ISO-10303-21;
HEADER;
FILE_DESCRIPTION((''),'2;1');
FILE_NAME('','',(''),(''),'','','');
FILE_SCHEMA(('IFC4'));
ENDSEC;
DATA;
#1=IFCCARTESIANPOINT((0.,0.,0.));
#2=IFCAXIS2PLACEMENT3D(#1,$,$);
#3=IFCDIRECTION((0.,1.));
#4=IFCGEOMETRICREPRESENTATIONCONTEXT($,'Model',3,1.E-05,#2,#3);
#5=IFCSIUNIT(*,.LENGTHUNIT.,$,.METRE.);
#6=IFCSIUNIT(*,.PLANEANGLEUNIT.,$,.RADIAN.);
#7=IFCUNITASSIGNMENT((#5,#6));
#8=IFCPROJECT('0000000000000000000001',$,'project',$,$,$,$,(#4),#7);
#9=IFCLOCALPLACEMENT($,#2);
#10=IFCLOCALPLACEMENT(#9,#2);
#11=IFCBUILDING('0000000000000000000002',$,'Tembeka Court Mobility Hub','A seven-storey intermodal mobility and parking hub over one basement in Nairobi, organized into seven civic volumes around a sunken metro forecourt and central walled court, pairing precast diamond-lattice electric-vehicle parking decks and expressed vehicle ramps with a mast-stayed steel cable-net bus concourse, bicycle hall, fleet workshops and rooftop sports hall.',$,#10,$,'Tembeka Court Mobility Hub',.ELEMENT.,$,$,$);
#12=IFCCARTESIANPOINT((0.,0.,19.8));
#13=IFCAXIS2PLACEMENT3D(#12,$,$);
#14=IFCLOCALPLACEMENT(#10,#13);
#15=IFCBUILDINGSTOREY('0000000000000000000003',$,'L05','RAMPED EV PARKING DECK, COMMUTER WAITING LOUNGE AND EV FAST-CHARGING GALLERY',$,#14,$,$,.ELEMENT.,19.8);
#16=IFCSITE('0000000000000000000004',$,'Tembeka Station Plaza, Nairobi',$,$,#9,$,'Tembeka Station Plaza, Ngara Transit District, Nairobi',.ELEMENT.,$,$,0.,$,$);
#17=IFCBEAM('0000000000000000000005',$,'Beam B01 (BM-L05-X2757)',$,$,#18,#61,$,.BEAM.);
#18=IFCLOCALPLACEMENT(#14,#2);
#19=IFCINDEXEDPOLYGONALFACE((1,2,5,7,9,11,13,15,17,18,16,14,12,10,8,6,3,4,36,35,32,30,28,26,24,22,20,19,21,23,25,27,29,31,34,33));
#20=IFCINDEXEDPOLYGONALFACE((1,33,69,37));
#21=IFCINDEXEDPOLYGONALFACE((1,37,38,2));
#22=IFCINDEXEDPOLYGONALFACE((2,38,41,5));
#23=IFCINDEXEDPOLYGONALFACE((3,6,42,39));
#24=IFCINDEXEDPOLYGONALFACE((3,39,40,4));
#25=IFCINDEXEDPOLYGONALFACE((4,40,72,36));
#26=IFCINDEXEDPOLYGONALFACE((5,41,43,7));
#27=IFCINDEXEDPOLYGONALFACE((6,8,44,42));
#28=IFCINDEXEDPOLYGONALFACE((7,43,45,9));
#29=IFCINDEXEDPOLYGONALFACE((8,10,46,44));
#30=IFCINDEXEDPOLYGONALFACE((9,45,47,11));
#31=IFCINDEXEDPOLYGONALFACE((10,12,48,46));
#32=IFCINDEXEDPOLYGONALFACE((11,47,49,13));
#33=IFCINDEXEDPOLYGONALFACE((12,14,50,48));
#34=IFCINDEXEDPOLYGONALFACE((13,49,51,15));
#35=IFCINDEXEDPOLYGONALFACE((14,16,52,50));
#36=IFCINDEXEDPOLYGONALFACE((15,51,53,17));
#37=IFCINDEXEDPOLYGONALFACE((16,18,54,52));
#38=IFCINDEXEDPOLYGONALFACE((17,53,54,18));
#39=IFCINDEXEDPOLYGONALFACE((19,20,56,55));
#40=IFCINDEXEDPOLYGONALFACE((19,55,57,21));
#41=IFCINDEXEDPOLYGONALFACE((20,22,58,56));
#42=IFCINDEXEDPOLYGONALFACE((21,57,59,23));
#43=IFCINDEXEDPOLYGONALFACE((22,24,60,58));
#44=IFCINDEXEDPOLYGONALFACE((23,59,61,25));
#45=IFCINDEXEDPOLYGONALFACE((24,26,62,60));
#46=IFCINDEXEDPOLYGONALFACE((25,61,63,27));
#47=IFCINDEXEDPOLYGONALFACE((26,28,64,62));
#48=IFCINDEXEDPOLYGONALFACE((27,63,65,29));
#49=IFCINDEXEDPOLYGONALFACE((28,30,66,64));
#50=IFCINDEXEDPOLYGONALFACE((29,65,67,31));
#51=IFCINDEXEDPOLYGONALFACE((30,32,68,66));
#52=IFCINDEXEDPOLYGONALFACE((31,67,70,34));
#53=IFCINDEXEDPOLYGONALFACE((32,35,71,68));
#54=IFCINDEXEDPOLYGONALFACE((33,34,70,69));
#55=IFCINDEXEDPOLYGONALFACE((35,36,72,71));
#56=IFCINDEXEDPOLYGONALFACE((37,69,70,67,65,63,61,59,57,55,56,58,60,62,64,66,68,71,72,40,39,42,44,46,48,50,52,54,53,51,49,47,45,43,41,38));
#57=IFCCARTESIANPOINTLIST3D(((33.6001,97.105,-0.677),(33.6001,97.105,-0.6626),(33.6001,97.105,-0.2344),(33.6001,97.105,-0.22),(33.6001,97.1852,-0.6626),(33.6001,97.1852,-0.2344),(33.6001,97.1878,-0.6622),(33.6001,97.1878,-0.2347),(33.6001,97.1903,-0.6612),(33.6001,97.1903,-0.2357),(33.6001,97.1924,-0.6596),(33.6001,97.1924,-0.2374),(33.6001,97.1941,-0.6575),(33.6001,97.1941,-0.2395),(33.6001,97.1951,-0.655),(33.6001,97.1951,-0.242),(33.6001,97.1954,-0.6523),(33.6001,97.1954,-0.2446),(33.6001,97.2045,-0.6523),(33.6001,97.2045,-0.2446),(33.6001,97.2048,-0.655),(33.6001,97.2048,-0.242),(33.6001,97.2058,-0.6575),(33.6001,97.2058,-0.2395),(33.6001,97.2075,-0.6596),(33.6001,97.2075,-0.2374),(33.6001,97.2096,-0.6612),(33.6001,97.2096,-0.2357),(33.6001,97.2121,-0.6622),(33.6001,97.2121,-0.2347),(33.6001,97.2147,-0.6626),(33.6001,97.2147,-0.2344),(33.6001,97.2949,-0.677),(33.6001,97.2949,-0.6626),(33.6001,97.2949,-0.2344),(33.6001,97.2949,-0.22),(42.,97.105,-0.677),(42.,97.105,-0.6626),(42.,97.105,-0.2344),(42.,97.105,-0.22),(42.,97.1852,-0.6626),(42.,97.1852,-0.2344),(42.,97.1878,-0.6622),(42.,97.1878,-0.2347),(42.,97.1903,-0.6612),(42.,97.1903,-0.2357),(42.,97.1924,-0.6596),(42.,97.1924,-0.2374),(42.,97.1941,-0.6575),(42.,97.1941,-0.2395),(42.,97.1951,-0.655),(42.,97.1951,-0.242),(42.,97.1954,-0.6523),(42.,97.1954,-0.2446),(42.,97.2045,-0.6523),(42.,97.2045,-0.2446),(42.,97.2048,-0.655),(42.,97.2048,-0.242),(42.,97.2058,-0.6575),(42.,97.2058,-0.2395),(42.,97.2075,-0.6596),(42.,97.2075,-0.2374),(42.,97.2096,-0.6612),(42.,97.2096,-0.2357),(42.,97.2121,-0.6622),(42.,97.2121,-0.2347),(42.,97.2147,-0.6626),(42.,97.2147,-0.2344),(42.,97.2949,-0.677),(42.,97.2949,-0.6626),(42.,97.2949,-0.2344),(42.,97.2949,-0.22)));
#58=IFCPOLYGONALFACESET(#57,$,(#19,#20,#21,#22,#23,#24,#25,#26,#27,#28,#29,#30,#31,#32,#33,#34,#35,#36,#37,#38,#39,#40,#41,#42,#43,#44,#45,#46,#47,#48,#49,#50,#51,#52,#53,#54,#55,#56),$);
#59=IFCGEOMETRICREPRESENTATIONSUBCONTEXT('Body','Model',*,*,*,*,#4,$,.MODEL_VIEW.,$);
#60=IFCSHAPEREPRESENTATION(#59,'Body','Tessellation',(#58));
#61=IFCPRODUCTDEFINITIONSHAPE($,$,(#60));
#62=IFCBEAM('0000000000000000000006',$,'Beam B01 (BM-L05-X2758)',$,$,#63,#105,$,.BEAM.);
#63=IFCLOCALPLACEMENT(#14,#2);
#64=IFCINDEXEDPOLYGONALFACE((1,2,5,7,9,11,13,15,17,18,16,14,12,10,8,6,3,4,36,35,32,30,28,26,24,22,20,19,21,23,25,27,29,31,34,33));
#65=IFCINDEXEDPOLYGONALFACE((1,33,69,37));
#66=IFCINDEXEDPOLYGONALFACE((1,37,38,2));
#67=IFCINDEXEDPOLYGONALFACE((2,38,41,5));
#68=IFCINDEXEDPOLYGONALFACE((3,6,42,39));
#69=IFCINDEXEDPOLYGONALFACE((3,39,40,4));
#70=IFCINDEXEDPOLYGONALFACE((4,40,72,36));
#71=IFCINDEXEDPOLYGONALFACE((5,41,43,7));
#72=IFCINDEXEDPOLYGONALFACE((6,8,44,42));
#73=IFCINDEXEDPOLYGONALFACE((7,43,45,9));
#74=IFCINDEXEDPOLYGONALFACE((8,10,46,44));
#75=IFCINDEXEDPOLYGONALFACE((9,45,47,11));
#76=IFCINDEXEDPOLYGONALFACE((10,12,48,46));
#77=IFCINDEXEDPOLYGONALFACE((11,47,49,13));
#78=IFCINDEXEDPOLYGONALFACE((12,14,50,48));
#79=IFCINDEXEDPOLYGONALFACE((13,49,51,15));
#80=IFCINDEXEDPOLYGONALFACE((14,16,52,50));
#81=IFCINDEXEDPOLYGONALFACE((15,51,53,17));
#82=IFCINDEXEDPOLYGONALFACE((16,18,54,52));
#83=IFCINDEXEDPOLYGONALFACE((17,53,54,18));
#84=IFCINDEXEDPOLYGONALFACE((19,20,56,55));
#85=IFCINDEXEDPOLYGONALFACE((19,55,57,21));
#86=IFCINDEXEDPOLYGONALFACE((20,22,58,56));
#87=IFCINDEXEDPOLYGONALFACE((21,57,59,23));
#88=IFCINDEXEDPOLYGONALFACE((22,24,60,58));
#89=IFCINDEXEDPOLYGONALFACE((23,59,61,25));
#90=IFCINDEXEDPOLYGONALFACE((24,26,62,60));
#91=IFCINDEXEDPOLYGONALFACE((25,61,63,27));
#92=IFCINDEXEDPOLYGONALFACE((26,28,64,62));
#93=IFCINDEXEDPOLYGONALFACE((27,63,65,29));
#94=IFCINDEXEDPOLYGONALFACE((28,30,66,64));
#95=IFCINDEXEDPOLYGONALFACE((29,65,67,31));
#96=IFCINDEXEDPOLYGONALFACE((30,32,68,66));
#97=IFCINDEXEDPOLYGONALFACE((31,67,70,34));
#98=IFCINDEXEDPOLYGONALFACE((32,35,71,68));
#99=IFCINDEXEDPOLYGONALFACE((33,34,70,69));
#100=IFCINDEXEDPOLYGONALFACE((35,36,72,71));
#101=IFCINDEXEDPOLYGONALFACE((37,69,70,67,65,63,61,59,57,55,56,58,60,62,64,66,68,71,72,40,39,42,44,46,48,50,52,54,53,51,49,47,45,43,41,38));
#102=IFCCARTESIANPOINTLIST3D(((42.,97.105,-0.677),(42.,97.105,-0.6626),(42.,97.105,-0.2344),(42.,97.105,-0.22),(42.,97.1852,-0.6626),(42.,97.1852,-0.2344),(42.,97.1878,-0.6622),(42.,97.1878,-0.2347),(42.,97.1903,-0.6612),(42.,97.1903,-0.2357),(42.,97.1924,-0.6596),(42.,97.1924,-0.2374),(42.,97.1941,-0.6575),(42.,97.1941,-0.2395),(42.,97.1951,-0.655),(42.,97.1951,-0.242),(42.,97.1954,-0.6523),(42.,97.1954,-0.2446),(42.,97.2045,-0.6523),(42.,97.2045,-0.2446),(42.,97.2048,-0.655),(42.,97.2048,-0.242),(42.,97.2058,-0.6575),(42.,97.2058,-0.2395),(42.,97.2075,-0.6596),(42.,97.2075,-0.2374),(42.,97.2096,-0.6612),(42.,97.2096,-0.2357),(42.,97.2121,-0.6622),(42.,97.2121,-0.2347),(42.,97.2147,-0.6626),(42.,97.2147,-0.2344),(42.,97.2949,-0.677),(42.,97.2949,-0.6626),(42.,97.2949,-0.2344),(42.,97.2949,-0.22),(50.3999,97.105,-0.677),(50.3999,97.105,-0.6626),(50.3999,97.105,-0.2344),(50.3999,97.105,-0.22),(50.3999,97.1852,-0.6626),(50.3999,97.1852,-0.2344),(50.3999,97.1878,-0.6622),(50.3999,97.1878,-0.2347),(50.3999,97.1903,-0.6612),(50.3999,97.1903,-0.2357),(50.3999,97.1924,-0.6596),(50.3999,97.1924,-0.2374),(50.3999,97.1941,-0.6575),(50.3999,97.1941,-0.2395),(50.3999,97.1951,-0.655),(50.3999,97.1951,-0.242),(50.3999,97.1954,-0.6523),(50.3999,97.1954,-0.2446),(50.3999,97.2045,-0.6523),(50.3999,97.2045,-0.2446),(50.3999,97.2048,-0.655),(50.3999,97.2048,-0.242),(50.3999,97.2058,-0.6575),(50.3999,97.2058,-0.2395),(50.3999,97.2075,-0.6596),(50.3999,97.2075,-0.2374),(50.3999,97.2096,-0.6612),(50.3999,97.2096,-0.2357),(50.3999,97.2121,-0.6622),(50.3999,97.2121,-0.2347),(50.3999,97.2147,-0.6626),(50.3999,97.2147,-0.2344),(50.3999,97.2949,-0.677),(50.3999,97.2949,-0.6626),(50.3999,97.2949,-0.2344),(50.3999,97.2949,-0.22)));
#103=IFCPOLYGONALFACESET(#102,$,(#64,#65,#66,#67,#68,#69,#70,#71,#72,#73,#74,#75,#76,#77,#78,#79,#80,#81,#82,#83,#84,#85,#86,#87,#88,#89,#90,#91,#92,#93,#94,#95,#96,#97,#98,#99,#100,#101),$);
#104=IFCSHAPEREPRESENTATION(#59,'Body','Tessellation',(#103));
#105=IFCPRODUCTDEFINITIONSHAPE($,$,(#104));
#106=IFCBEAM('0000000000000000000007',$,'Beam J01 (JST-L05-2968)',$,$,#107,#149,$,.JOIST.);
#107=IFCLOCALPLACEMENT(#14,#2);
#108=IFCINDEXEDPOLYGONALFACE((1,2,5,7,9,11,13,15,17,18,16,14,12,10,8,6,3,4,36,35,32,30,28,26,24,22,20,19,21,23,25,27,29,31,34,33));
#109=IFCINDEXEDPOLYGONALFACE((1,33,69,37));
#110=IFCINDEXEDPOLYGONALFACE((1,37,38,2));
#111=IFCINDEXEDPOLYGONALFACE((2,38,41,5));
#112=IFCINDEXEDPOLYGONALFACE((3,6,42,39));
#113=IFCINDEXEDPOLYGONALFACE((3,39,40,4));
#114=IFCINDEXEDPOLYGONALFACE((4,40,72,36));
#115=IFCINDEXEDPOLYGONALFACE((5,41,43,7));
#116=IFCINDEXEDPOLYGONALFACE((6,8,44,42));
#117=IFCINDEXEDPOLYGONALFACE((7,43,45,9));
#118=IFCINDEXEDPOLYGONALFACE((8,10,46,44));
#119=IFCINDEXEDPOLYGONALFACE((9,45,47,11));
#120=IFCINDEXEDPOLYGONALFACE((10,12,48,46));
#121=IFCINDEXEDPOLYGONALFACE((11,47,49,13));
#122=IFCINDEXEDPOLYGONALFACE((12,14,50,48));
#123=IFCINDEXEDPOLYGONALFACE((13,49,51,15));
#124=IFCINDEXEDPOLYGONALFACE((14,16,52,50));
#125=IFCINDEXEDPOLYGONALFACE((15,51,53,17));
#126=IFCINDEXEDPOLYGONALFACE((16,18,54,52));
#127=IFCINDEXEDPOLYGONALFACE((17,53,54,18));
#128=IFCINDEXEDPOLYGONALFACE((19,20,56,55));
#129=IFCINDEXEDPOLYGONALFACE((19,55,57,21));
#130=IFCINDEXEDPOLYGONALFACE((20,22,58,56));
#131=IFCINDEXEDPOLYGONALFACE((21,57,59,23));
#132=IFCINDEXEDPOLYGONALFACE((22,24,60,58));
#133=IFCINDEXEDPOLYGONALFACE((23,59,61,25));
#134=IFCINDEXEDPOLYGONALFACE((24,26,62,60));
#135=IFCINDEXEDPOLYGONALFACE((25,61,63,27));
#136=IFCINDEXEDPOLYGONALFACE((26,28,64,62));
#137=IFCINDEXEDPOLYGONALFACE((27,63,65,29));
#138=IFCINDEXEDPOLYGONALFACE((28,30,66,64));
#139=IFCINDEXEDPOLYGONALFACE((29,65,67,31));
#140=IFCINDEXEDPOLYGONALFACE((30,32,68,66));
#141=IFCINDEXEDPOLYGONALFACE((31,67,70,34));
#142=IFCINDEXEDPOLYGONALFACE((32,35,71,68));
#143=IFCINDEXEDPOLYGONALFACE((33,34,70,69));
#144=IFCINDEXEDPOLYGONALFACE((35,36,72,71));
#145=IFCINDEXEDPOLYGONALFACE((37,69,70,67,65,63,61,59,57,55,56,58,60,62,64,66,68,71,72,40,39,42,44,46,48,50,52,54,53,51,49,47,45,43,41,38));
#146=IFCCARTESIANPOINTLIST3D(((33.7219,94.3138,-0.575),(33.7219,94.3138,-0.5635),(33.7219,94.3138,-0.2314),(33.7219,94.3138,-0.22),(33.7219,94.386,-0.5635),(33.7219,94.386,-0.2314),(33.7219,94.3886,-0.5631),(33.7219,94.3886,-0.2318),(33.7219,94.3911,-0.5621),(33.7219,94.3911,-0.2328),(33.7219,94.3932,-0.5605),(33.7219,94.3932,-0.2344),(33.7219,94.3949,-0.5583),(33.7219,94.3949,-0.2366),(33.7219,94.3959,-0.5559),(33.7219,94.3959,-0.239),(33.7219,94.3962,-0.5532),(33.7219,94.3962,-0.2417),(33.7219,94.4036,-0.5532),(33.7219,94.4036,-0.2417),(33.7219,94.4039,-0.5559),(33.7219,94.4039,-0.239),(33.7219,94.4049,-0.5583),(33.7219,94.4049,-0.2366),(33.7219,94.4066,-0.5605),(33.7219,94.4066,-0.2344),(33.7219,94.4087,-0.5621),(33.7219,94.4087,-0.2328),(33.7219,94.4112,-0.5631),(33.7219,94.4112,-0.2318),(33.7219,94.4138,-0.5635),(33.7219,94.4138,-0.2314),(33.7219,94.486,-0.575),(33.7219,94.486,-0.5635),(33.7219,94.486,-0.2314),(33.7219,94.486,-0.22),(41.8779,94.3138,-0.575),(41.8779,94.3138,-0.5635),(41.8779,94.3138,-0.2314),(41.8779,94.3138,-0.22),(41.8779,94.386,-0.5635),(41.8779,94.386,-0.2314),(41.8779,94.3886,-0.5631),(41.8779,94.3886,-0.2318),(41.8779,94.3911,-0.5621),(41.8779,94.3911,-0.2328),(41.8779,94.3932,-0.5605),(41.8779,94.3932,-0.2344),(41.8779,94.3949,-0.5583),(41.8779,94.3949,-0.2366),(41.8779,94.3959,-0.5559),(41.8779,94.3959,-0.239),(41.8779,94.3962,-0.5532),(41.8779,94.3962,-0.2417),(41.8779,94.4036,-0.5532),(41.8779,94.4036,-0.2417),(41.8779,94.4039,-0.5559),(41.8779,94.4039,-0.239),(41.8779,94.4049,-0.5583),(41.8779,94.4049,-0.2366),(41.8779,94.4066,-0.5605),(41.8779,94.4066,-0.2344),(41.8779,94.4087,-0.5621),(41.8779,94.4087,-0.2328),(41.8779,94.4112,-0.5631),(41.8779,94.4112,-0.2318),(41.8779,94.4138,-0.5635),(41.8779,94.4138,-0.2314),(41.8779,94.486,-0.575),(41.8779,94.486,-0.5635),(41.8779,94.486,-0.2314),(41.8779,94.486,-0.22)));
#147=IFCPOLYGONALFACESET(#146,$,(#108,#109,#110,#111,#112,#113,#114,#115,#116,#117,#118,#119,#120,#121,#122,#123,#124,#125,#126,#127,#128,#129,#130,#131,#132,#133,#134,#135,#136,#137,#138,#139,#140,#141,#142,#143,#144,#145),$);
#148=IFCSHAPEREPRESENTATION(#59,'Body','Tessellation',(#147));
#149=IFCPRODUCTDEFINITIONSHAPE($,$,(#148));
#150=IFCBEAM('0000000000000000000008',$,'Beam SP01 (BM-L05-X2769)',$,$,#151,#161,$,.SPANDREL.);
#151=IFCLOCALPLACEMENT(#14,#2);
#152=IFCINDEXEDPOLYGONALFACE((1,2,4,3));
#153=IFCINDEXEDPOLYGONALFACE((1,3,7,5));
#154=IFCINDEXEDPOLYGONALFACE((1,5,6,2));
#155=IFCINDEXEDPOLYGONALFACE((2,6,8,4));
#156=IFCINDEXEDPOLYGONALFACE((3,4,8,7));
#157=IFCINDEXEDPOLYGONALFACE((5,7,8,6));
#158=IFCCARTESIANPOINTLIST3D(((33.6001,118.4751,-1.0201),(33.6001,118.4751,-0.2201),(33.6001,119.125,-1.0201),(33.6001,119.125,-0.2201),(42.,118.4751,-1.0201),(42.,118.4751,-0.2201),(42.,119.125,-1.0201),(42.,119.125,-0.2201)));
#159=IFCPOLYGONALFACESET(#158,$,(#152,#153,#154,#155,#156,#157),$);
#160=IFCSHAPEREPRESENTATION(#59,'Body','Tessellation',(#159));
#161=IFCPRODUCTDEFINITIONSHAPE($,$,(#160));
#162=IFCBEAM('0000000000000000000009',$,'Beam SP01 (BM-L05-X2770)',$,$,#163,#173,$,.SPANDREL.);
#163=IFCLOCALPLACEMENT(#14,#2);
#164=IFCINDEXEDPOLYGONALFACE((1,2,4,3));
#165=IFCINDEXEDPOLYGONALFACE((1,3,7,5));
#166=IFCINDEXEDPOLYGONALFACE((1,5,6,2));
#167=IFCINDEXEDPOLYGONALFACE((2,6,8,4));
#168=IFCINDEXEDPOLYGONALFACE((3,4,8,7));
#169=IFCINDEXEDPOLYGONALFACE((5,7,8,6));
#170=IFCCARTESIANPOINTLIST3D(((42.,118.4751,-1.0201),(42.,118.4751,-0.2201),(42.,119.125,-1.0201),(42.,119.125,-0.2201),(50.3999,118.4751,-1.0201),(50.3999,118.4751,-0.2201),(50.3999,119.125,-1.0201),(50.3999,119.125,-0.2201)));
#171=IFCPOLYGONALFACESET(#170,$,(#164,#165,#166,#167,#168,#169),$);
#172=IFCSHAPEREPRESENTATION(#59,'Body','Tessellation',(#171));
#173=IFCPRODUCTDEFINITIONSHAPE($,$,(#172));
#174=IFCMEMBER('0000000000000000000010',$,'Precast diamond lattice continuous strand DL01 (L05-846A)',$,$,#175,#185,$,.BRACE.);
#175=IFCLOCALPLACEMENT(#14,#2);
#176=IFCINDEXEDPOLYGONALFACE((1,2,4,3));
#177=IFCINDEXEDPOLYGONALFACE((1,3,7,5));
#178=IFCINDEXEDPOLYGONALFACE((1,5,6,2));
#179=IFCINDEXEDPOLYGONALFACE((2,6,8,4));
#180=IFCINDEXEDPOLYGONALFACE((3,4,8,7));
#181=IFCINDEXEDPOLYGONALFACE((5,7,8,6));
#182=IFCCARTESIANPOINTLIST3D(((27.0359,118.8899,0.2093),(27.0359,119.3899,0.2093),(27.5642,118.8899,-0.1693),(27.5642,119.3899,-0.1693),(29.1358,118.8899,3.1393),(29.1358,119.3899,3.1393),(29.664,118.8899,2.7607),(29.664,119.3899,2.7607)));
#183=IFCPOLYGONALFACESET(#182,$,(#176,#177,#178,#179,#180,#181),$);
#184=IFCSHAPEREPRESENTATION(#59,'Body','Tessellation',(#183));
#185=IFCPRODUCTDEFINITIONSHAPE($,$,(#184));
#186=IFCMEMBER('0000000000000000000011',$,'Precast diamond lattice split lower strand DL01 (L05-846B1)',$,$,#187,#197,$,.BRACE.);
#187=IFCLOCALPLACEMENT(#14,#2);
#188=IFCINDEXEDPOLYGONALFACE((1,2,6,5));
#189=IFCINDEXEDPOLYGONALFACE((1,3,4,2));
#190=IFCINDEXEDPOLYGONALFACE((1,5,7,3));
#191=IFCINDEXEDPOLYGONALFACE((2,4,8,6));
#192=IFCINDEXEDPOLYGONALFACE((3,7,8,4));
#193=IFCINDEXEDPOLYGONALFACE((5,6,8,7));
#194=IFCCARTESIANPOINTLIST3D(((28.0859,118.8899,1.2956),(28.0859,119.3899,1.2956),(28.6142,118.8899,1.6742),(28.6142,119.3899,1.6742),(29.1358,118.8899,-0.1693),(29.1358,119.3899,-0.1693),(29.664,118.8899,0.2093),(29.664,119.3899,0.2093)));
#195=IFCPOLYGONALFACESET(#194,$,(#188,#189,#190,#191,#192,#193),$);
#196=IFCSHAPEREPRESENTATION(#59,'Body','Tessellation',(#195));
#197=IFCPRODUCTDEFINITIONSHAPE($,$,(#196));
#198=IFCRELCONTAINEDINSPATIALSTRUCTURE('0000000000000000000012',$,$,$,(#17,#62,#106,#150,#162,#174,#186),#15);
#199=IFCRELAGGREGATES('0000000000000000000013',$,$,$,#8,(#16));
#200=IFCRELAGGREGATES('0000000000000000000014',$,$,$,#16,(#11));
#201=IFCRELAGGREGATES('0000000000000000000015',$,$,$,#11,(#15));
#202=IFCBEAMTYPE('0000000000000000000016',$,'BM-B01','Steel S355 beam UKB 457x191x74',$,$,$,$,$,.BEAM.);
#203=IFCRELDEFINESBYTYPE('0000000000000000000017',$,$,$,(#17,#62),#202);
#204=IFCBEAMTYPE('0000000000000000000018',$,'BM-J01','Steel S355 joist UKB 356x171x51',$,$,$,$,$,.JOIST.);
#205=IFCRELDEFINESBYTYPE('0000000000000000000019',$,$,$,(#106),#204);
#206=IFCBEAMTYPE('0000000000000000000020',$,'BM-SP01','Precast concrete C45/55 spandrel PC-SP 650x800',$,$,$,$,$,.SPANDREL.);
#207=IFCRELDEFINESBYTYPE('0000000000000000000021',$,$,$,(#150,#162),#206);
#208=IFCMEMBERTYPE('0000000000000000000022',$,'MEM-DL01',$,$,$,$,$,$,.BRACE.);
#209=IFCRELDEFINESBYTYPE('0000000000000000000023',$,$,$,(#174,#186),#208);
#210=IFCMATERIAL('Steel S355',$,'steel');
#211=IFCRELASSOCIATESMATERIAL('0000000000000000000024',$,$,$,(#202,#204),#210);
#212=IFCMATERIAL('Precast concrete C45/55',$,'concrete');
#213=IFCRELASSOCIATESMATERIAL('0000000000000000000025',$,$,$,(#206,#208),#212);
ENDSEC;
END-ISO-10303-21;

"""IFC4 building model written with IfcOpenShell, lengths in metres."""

from ifc_helpers import new_model, si_unit, direction, frame, origin, origin_2d, place, context, subcontext, project, spatial, rectangle, i_section, extrude, material, material_profile, profile_set, type_object, element, save


model = new_model("IFC4")

# Units and contexts
model_context = context("Model", 3, precision=1e-05, world=origin(), true_north=direction((0.0, 1.0)))
body_context = subcontext(model_context, "Body", "Model", "MODEL_VIEW")
ifc_project = project(units=[si_unit("LENGTHUNIT", "METRE"), si_unit("PLANEANGLEUNIT", "RADIAN")], contexts=[model_context])

# Site, building, storey
site_placement = place(None, origin())
site = spatial("IfcSite", under=ifc_project, at=site_placement, Name="Tembeka Station Plaza, Nairobi", LongName="Tembeka Station Plaza, Ngara Transit District, Nairobi", CompositionType="ELEMENT", RefElevation=0.0)
building_placement = place(site_placement, origin())
building = spatial("IfcBuilding", under=site, at=building_placement, Name="Tembeka Court Mobility Hub", Description="A seven-storey intermodal mobility and parking hub over one basement in Nairobi, organized into seven civic volumes around a sunken metro forecourt and central walled court, pairing precast diamond-lattice electric-vehicle parking decks and expressed vehicle ramps with a mast-stayed steel cable-net bus concourse, bicycle hall, fleet workshops and rooftop sports hall.", LongName="Tembeka Court Mobility Hub", CompositionType="ELEMENT")
storey_placement = place(building_placement, frame((0.0, 0.0, 19.8)))
storey = spatial("IfcBuildingStorey", under=building, at=storey_placement, Name="L05", Description="RAMPED EV PARKING DECK, COMMUTER WAITING LOUNGE AND EV FAST-CHARGING GALLERY", CompositionType="ELEMENT", Elevation=19.8)

# Shared definitions
ifc_material_1 = material(Name="Steel S355", Category="steel")

# Beams
ifc_material_profile_1 = material_profile(ifc_material_1, i_section(OverallWidth=0.1899, OverallDepth=0.457, WebThickness=0.009, FlangeThickness=0.0144, FilletRadius=0.0103, at=origin_2d()), Name="UKB 457x191x74")
ifc_profile_set_1 = profile_set([ifc_material_profile_1], Name="Steel S355")
beam_type_1 = type_object("IfcBeamType", Name="BM-B01", Description="Steel S355 beam UKB 457x191x74", PredefinedType="BEAM", material=ifc_profile_set_1)
for number, where, z_axis, x_axis, name in (
    (1, (33.6001, 97.2, -0.4485), (1.0, 0.0, 0.0), (0.0, 1.0, 0.0), "Beam B01 (BM-L05-X2757)"),
    (2, (42.0, 97.2, -0.4485), (1.0, 0.0, 0.0), (0.0, 1.0, 0.0), "Beam B01 (BM-L05-X2758)"),
):
    element("IfcBeam", number, at=place(storey_placement, frame(where, z_axis=z_axis, x_axis=x_axis)), inside=storey, type_object=beam_type_1, Name=name, PredefinedType="BEAM", context=body_context, shape_type="SweptSolid", body=[
        extrude(i_section(OverallWidth=0.1899, OverallDepth=0.457, WebThickness=0.009, FlangeThickness=0.0144, FilletRadius=0.0103, at=origin_2d()), origin(), (0.0, 0.0, 1.0), 8.3999),
    ])
ifc_material_profile_2 = material_profile(ifc_material_1, i_section(OverallWidth=0.1721, OverallDepth=0.355, WebThickness=0.0073, FlangeThickness=0.0115, FilletRadius=0.0103, at=origin_2d()), Name="UKB 356x171x51")
ifc_profile_set_2 = profile_set([ifc_material_profile_2], Name="Steel S355")
beam_type_2 = type_object("IfcBeamType", Name="BM-J01", Description="Steel S355 joist UKB 356x171x51", PredefinedType="JOIST", material=ifc_profile_set_2)
beam_placement = place(storey_placement, frame((33.7219, 94.3999, -0.3975), z_axis=(1.0, 0.0, 0.0), x_axis=(0.0, 1.0, 0.0)))
element("IfcBeam", 3, at=beam_placement, inside=storey, type_object=beam_type_2, Name="Beam J01 (JST-L05-2968)", PredefinedType="JOIST", context=body_context, shape_type="SweptSolid", body=[
    extrude(i_section(OverallWidth=0.1721, OverallDepth=0.355, WebThickness=0.0073, FlangeThickness=0.0115, FilletRadius=0.0103, at=origin_2d()), origin(), (0.0, 0.0, 1.0), 8.156),
])
ifc_material_2 = material(Name="Precast concrete C45/55", Category="concrete")
ifc_material_profile_3 = material_profile(ifc_material_2, rectangle(XDim=0.6499, YDim=0.8, at=origin_2d()), Name="PC-SP 650x800")
ifc_profile_set_3 = profile_set([ifc_material_profile_3], Name="Precast concrete C45/55")
beam_type_3 = type_object("IfcBeamType", Name="BM-SP01", Description="Precast concrete C45/55 spandrel PC-SP 650x800", PredefinedType="SPANDREL", material=ifc_profile_set_3)
for number, where, z_axis, x_axis, name in (
    (4, (33.6001, 118.8, -0.6201), (1.0, 0.0, 0.0), (0.0, 1.0, 0.0), "Beam SP01 (BM-L05-X2769)"),
    (5, (42.0, 118.8, -0.6201), (1.0, 0.0, 0.0), (0.0, 1.0, 0.0), "Beam SP01 (BM-L05-X2770)"),
):
    element("IfcBeam", number, at=place(storey_placement, frame(where, z_axis=z_axis, x_axis=x_axis)), inside=storey, type_object=beam_type_3, Name=name, PredefinedType="SPANDREL", context=body_context, shape_type="SweptSolid", body=[
        extrude(rectangle(XDim=0.6499, YDim=0.8, at=origin_2d()), origin(), (0.0, 0.0, 1.0), 8.3999),
    ])

# Members
ifc_material_profile_4 = material_profile(ifc_material_2, rectangle(XDim=0.5, YDim=0.6499, at=origin_2d()), Name="PC-DIAG 500x650")
ifc_profile_set_4 = profile_set([ifc_material_profile_4], Name="Precast concrete C45/55")
member_type_1 = type_object("IfcMemberType", Name="MEM-DL01", PredefinedType="BRACE", material=ifc_profile_set_4)
member_1_placement = place(storey_placement, frame((27.3, 119.1399, 0.02), z_axis=(0.582532, 0.0, 0.812808), x_axis=(0.0, 1.0, 0.0)))
element("IfcMember", 6, at=member_1_placement, inside=storey, type_object=member_type_1, Name="Precast diamond lattice continuous strand DL01 (L05-846A)", PredefinedType="BRACE", context=body_context, shape_type="SweptSolid", body=[
    extrude(rectangle(XDim=0.5, YDim=0.6499, at=origin_2d()), origin(), (0.0, 0.0, 1.0), 3.6047),
])
member_2_placement = place(storey_placement, frame((29.3999, 119.1399, 0.02), z_axis=(-0.582519, 0.0, 0.812817), x_axis=(0.0, -1.0, 0.0)))
element("IfcMember", 7, at=member_2_placement, inside=storey, type_object=member_type_1, Name="Precast diamond lattice split lower strand DL01 (L05-846B1)", PredefinedType="BRACE", context=body_context, shape_type="SweptSolid", body=[
    extrude(rectangle(XDim=0.5, YDim=0.6499, at=origin_2d()), origin(), (0.0, 0.0, 1.0), 1.8022),
])

save(model, "model.ifc")
